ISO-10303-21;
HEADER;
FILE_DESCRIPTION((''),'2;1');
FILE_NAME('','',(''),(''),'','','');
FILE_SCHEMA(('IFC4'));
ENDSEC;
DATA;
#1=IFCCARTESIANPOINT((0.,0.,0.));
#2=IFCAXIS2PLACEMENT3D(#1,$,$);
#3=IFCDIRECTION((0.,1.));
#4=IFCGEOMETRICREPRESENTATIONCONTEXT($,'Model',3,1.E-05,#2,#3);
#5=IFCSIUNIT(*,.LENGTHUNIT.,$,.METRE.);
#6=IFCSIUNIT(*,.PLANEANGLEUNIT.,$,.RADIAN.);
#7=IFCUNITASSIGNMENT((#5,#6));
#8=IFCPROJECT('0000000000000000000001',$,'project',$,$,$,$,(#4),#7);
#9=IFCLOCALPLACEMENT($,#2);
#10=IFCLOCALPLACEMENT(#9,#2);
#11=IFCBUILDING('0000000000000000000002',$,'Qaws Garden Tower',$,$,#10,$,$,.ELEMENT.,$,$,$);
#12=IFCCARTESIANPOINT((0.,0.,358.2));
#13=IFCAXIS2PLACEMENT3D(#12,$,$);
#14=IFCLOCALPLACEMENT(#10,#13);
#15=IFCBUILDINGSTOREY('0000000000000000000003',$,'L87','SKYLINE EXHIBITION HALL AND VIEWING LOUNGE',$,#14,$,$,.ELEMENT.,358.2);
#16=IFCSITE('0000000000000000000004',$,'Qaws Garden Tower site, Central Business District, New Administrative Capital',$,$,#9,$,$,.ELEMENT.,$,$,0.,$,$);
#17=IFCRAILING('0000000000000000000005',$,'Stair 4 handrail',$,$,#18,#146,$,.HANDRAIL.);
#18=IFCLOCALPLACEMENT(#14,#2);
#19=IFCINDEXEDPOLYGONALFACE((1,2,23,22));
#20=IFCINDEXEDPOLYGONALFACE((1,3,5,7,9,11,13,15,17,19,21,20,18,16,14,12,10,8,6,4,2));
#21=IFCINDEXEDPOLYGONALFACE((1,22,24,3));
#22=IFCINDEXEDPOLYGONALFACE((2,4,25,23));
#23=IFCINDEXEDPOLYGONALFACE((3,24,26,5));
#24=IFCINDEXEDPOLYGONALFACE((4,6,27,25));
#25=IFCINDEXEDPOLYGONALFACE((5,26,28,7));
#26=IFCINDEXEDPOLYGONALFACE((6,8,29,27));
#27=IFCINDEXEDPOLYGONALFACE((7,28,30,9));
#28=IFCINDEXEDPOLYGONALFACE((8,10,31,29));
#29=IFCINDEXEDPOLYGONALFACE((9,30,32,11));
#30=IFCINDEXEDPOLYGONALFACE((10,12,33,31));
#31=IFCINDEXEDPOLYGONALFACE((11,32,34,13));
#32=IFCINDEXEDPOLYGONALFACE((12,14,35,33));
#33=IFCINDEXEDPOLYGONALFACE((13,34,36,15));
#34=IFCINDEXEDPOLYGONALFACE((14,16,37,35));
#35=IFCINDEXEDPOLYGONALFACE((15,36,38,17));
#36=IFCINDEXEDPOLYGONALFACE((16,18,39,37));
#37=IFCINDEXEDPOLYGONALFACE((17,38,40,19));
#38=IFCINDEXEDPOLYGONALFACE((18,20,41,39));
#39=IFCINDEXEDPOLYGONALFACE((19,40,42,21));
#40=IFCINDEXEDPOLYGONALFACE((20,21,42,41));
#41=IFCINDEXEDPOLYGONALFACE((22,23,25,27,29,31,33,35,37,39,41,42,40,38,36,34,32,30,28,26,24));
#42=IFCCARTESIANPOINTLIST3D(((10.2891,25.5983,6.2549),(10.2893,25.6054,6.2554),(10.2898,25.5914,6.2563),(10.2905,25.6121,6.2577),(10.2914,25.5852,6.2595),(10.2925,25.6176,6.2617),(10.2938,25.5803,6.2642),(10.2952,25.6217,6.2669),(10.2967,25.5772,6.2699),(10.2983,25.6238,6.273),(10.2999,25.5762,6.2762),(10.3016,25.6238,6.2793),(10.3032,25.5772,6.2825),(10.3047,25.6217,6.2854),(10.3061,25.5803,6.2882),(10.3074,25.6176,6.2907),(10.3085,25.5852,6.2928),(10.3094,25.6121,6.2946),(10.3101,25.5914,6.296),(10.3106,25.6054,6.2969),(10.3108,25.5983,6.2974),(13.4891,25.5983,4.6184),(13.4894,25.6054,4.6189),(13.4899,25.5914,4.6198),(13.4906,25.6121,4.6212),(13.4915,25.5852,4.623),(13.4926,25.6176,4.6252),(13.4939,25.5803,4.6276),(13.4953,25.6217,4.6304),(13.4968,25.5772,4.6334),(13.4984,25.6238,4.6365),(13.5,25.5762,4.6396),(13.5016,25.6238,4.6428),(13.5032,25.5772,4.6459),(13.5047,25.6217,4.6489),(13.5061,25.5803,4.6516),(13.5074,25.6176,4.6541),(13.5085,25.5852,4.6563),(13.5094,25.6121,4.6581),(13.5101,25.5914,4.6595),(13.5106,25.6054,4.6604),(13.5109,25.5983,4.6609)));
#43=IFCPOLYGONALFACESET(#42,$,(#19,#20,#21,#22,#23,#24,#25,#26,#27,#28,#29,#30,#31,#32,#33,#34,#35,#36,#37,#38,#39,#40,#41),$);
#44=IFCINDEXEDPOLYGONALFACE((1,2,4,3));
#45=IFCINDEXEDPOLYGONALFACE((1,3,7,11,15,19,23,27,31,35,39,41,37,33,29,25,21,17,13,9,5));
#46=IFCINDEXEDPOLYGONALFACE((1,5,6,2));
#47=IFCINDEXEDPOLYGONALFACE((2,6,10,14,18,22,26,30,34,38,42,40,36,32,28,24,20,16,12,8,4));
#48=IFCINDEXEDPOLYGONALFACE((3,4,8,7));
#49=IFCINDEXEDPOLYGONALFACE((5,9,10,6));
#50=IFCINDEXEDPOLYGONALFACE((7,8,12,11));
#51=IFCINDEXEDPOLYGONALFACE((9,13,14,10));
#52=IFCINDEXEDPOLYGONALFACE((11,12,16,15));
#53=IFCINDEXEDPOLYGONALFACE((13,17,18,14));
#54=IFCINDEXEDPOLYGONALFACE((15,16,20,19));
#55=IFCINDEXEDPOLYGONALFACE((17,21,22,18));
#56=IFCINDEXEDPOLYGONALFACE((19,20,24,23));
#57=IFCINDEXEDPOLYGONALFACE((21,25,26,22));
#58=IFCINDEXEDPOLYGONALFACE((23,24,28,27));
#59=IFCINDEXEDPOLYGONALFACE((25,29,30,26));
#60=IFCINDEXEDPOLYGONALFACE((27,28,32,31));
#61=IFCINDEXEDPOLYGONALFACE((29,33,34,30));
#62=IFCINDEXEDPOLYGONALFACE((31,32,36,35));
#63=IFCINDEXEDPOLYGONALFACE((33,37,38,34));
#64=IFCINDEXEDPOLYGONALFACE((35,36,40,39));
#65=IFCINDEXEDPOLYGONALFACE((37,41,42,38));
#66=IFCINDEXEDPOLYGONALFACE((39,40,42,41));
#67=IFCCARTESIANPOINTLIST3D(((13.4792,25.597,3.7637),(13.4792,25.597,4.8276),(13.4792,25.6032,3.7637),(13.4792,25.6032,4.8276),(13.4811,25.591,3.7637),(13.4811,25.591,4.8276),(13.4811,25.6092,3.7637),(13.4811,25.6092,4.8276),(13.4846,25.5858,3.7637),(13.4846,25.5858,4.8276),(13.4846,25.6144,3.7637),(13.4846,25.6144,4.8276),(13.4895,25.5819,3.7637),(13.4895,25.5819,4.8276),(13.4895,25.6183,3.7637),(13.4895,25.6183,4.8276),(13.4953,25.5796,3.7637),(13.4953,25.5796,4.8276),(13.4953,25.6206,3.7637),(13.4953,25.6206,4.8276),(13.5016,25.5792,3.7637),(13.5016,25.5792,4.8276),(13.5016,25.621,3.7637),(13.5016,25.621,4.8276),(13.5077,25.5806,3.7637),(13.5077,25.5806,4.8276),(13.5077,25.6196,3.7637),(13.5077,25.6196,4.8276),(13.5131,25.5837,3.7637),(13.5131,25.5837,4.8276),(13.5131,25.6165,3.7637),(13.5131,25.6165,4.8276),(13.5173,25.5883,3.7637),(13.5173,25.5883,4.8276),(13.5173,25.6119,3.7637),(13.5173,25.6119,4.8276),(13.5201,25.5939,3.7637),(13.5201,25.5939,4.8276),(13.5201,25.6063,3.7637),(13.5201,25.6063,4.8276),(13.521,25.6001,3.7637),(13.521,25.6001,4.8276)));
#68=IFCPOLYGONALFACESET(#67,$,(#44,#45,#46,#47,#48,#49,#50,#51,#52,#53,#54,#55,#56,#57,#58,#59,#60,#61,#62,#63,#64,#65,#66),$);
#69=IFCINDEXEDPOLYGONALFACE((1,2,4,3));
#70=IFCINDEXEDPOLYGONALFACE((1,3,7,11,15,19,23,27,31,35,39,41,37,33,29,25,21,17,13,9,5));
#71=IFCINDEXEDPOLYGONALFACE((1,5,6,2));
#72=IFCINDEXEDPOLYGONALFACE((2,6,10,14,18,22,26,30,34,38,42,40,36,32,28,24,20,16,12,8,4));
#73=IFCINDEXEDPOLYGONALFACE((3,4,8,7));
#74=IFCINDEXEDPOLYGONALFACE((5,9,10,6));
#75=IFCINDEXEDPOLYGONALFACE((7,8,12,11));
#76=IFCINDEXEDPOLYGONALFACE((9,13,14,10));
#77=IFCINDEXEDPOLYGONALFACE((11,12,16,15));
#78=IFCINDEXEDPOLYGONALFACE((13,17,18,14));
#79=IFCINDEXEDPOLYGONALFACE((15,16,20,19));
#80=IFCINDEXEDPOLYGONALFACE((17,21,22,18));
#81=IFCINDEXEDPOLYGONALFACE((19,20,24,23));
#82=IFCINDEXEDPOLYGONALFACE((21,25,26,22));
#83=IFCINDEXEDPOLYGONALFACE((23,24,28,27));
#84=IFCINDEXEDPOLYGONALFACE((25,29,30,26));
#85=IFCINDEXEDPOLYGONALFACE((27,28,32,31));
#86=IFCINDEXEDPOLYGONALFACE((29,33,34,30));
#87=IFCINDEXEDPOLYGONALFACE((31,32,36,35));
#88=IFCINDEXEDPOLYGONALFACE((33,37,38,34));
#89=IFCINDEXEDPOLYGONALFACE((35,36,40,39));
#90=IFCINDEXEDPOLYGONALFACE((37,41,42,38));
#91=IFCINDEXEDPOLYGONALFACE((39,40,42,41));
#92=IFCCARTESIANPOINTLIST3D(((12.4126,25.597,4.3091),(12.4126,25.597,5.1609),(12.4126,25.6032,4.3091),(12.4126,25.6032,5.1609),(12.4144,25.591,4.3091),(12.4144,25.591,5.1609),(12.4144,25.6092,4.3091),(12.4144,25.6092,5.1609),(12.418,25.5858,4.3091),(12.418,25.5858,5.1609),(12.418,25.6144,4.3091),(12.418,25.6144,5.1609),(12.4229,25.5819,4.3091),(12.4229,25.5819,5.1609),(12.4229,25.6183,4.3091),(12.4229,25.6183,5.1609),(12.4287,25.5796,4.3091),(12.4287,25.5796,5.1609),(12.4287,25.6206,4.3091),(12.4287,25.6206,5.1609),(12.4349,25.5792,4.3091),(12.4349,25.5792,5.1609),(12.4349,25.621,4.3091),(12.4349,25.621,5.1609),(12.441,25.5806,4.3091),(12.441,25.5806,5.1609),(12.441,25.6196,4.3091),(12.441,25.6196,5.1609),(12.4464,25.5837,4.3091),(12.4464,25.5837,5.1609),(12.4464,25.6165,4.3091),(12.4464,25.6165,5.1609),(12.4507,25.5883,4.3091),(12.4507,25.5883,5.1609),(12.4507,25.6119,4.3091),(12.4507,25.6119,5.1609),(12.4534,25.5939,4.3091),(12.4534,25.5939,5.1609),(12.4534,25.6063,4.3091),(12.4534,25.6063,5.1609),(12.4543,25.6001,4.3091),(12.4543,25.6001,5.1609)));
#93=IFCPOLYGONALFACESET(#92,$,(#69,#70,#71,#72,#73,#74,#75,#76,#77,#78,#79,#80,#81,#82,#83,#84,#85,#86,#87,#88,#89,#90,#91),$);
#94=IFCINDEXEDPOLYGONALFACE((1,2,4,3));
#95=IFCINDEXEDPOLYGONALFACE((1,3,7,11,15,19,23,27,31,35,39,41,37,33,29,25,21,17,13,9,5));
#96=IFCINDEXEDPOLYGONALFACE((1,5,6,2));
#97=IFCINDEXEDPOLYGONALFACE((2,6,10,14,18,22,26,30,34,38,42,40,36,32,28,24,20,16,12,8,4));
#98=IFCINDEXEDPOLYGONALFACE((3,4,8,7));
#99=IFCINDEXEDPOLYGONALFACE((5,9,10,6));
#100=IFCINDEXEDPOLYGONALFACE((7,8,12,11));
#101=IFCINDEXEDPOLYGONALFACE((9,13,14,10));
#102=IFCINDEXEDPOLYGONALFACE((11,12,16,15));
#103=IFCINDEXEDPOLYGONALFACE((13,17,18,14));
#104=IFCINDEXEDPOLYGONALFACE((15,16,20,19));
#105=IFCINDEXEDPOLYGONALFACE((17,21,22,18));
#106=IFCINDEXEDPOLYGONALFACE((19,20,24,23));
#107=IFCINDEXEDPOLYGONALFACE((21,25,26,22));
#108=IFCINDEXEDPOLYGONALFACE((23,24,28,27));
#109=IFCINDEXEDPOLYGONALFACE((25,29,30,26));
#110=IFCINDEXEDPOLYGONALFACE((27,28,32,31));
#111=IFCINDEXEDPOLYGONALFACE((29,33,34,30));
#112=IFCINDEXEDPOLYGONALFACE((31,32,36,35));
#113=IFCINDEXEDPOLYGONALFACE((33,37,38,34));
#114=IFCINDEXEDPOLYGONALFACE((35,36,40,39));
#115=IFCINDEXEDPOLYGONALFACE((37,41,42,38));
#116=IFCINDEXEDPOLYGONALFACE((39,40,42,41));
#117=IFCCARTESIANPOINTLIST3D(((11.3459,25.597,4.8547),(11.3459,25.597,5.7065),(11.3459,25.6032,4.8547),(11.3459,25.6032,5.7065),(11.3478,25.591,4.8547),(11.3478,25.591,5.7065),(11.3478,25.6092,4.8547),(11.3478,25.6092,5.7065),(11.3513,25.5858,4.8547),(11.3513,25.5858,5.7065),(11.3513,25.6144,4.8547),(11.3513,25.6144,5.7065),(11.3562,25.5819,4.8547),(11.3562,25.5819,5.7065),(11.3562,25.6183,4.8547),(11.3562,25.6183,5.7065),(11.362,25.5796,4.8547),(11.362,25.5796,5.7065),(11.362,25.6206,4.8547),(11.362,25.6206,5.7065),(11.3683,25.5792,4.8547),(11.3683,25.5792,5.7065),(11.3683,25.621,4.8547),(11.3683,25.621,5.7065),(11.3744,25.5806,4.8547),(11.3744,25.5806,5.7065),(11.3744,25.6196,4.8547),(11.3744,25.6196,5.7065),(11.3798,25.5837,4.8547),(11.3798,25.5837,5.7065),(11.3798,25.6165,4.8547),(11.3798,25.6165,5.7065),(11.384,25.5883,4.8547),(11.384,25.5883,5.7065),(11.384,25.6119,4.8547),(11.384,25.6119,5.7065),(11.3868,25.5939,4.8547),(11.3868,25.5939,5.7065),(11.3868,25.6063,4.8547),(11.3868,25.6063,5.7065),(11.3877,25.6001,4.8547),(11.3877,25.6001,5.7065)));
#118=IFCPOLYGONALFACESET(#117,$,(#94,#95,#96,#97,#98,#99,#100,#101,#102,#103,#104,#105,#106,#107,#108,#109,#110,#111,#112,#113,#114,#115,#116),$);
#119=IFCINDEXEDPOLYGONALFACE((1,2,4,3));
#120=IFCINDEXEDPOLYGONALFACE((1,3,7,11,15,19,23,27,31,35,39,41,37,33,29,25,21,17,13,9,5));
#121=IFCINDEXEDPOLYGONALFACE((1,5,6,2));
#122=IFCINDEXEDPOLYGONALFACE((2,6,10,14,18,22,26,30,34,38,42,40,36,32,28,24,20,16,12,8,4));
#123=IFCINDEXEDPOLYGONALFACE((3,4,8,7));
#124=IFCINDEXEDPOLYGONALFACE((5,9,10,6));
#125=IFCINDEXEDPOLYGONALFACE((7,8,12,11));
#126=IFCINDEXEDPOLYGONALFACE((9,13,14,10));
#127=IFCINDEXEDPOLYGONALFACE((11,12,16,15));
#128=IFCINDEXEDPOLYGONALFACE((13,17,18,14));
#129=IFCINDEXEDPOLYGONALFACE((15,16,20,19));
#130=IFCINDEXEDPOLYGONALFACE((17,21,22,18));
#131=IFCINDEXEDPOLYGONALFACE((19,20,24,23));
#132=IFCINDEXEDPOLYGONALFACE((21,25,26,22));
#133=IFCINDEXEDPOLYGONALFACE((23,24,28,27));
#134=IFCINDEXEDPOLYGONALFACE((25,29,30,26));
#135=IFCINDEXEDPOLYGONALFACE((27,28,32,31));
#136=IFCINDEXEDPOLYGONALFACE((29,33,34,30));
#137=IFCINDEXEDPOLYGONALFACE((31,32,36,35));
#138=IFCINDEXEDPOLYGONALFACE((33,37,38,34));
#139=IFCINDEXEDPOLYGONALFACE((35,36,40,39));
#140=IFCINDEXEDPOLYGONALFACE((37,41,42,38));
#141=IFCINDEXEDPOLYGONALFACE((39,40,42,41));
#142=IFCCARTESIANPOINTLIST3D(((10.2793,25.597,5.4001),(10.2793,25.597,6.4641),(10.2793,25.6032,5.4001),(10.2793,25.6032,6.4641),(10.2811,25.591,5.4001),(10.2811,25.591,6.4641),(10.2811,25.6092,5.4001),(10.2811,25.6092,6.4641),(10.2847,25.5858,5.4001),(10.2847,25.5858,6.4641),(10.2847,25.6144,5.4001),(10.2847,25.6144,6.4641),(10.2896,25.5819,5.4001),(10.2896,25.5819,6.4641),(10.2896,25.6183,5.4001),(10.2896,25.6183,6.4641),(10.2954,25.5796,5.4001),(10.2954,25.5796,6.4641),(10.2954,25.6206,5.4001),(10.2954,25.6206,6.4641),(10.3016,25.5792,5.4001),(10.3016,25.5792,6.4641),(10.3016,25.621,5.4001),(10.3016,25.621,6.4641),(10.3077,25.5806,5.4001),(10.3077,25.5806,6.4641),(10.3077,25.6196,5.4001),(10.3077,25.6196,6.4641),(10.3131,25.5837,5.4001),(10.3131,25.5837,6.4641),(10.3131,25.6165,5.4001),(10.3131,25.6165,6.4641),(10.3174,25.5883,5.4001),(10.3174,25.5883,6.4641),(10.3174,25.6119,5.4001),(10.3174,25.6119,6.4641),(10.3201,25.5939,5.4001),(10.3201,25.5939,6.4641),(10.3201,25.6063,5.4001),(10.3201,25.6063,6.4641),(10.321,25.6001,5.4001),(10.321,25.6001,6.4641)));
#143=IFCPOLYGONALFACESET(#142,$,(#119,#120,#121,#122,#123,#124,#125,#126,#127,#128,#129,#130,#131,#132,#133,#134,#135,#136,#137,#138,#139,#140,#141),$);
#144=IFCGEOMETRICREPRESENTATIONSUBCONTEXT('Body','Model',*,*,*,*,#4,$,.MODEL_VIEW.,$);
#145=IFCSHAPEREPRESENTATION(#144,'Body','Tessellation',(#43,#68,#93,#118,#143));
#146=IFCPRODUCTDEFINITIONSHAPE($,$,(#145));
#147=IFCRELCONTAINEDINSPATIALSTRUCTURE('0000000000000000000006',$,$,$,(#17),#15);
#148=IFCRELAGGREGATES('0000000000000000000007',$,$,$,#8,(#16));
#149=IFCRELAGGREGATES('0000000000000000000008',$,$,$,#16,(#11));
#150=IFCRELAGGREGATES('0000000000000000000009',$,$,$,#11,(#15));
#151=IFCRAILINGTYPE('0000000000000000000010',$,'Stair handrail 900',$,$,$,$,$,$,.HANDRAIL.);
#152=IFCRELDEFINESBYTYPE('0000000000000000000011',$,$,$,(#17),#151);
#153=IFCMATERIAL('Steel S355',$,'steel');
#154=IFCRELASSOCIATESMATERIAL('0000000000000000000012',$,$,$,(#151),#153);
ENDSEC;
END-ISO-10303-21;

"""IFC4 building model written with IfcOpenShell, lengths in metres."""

from ifc_helpers import new_model, si_unit, direction, frame, origin, origin_2d, place, context, subcontext, project, spatial, circle, extrude, material, type_object, element, save


model = new_model("IFC4")

# Units and contexts
model_context = context("Model", 3, precision=1e-05, world=origin(), true_north=direction((0.0, 1.0)))
body_context = subcontext(model_context, "Body", "Model", "MODEL_VIEW")
ifc_project = project(units=[si_unit("LENGTHUNIT", "METRE"), si_unit("PLANEANGLEUNIT", "RADIAN")], contexts=[model_context])

# Site, building, storey
site_placement = place(None, origin())
site = spatial("IfcSite", under=ifc_project, at=site_placement, Name="Qaws Garden Tower site, Central Business District, New Administrative Capital", CompositionType="ELEMENT", RefElevation=0.0)
building_placement = place(site_placement, origin())
building = spatial("IfcBuilding", under=site, at=building_placement, Name="Qaws Garden Tower", CompositionType="ELEMENT")
storey_placement = place(building_placement, frame((0.0, 0.0, 358.2)))
storey = spatial("IfcBuildingStorey", under=building, at=storey_placement, Name="L87", Description="SKYLINE EXHIBITION HALL AND VIEWING LOUNGE", CompositionType="ELEMENT", Elevation=358.2)

# Railing
ifc_material_1 = material(Name="Steel S355", Category="steel")
railing_type = type_object("IfcRailingType", Name="Stair handrail 900", PredefinedType="HANDRAIL", material=ifc_material_1)
railing_1_placement = place(storey_placement, frame((13.5, 25.6001, 3.7637)))
element("IfcRailing", 1, at=railing_1_placement, inside=storey, type_object=railing_type, Name="Stair 4 handrail", PredefinedType="HANDRAIL", context=body_context, shape_type="SweptSolid", body=[
    extrude(circle(Radius=0.0239, at=origin_2d()), frame((0.0, 0.0, 0.876), z_axis=(-0.890328, 0.0, 0.455319), x_axis=(0.0, -1.0, 0.0)), (0.0, 0.0, 1.0), 3.5942),
    extrude(circle(Radius=0.021, at=origin_2d()), origin(), (0.0, 0.0, 1.0), 1.064),
    extrude(circle(Radius=0.021, at=origin_2d()), frame((-1.0667, 0.0, 0.5454)), (0.0, 0.0, 1.0), 0.8518),
    extrude(circle(Radius=0.021, at=origin_2d()), frame((-2.1333, 0.0, 1.0911)), (0.0, 0.0, 1.0), 0.8518),
    extrude(circle(Radius=0.021, at=origin_2d()), frame((-3.2, 0.0, 1.6365)), (0.0, 0.0, 1.0), 1.064),
])

save(model, "model.ifc")
